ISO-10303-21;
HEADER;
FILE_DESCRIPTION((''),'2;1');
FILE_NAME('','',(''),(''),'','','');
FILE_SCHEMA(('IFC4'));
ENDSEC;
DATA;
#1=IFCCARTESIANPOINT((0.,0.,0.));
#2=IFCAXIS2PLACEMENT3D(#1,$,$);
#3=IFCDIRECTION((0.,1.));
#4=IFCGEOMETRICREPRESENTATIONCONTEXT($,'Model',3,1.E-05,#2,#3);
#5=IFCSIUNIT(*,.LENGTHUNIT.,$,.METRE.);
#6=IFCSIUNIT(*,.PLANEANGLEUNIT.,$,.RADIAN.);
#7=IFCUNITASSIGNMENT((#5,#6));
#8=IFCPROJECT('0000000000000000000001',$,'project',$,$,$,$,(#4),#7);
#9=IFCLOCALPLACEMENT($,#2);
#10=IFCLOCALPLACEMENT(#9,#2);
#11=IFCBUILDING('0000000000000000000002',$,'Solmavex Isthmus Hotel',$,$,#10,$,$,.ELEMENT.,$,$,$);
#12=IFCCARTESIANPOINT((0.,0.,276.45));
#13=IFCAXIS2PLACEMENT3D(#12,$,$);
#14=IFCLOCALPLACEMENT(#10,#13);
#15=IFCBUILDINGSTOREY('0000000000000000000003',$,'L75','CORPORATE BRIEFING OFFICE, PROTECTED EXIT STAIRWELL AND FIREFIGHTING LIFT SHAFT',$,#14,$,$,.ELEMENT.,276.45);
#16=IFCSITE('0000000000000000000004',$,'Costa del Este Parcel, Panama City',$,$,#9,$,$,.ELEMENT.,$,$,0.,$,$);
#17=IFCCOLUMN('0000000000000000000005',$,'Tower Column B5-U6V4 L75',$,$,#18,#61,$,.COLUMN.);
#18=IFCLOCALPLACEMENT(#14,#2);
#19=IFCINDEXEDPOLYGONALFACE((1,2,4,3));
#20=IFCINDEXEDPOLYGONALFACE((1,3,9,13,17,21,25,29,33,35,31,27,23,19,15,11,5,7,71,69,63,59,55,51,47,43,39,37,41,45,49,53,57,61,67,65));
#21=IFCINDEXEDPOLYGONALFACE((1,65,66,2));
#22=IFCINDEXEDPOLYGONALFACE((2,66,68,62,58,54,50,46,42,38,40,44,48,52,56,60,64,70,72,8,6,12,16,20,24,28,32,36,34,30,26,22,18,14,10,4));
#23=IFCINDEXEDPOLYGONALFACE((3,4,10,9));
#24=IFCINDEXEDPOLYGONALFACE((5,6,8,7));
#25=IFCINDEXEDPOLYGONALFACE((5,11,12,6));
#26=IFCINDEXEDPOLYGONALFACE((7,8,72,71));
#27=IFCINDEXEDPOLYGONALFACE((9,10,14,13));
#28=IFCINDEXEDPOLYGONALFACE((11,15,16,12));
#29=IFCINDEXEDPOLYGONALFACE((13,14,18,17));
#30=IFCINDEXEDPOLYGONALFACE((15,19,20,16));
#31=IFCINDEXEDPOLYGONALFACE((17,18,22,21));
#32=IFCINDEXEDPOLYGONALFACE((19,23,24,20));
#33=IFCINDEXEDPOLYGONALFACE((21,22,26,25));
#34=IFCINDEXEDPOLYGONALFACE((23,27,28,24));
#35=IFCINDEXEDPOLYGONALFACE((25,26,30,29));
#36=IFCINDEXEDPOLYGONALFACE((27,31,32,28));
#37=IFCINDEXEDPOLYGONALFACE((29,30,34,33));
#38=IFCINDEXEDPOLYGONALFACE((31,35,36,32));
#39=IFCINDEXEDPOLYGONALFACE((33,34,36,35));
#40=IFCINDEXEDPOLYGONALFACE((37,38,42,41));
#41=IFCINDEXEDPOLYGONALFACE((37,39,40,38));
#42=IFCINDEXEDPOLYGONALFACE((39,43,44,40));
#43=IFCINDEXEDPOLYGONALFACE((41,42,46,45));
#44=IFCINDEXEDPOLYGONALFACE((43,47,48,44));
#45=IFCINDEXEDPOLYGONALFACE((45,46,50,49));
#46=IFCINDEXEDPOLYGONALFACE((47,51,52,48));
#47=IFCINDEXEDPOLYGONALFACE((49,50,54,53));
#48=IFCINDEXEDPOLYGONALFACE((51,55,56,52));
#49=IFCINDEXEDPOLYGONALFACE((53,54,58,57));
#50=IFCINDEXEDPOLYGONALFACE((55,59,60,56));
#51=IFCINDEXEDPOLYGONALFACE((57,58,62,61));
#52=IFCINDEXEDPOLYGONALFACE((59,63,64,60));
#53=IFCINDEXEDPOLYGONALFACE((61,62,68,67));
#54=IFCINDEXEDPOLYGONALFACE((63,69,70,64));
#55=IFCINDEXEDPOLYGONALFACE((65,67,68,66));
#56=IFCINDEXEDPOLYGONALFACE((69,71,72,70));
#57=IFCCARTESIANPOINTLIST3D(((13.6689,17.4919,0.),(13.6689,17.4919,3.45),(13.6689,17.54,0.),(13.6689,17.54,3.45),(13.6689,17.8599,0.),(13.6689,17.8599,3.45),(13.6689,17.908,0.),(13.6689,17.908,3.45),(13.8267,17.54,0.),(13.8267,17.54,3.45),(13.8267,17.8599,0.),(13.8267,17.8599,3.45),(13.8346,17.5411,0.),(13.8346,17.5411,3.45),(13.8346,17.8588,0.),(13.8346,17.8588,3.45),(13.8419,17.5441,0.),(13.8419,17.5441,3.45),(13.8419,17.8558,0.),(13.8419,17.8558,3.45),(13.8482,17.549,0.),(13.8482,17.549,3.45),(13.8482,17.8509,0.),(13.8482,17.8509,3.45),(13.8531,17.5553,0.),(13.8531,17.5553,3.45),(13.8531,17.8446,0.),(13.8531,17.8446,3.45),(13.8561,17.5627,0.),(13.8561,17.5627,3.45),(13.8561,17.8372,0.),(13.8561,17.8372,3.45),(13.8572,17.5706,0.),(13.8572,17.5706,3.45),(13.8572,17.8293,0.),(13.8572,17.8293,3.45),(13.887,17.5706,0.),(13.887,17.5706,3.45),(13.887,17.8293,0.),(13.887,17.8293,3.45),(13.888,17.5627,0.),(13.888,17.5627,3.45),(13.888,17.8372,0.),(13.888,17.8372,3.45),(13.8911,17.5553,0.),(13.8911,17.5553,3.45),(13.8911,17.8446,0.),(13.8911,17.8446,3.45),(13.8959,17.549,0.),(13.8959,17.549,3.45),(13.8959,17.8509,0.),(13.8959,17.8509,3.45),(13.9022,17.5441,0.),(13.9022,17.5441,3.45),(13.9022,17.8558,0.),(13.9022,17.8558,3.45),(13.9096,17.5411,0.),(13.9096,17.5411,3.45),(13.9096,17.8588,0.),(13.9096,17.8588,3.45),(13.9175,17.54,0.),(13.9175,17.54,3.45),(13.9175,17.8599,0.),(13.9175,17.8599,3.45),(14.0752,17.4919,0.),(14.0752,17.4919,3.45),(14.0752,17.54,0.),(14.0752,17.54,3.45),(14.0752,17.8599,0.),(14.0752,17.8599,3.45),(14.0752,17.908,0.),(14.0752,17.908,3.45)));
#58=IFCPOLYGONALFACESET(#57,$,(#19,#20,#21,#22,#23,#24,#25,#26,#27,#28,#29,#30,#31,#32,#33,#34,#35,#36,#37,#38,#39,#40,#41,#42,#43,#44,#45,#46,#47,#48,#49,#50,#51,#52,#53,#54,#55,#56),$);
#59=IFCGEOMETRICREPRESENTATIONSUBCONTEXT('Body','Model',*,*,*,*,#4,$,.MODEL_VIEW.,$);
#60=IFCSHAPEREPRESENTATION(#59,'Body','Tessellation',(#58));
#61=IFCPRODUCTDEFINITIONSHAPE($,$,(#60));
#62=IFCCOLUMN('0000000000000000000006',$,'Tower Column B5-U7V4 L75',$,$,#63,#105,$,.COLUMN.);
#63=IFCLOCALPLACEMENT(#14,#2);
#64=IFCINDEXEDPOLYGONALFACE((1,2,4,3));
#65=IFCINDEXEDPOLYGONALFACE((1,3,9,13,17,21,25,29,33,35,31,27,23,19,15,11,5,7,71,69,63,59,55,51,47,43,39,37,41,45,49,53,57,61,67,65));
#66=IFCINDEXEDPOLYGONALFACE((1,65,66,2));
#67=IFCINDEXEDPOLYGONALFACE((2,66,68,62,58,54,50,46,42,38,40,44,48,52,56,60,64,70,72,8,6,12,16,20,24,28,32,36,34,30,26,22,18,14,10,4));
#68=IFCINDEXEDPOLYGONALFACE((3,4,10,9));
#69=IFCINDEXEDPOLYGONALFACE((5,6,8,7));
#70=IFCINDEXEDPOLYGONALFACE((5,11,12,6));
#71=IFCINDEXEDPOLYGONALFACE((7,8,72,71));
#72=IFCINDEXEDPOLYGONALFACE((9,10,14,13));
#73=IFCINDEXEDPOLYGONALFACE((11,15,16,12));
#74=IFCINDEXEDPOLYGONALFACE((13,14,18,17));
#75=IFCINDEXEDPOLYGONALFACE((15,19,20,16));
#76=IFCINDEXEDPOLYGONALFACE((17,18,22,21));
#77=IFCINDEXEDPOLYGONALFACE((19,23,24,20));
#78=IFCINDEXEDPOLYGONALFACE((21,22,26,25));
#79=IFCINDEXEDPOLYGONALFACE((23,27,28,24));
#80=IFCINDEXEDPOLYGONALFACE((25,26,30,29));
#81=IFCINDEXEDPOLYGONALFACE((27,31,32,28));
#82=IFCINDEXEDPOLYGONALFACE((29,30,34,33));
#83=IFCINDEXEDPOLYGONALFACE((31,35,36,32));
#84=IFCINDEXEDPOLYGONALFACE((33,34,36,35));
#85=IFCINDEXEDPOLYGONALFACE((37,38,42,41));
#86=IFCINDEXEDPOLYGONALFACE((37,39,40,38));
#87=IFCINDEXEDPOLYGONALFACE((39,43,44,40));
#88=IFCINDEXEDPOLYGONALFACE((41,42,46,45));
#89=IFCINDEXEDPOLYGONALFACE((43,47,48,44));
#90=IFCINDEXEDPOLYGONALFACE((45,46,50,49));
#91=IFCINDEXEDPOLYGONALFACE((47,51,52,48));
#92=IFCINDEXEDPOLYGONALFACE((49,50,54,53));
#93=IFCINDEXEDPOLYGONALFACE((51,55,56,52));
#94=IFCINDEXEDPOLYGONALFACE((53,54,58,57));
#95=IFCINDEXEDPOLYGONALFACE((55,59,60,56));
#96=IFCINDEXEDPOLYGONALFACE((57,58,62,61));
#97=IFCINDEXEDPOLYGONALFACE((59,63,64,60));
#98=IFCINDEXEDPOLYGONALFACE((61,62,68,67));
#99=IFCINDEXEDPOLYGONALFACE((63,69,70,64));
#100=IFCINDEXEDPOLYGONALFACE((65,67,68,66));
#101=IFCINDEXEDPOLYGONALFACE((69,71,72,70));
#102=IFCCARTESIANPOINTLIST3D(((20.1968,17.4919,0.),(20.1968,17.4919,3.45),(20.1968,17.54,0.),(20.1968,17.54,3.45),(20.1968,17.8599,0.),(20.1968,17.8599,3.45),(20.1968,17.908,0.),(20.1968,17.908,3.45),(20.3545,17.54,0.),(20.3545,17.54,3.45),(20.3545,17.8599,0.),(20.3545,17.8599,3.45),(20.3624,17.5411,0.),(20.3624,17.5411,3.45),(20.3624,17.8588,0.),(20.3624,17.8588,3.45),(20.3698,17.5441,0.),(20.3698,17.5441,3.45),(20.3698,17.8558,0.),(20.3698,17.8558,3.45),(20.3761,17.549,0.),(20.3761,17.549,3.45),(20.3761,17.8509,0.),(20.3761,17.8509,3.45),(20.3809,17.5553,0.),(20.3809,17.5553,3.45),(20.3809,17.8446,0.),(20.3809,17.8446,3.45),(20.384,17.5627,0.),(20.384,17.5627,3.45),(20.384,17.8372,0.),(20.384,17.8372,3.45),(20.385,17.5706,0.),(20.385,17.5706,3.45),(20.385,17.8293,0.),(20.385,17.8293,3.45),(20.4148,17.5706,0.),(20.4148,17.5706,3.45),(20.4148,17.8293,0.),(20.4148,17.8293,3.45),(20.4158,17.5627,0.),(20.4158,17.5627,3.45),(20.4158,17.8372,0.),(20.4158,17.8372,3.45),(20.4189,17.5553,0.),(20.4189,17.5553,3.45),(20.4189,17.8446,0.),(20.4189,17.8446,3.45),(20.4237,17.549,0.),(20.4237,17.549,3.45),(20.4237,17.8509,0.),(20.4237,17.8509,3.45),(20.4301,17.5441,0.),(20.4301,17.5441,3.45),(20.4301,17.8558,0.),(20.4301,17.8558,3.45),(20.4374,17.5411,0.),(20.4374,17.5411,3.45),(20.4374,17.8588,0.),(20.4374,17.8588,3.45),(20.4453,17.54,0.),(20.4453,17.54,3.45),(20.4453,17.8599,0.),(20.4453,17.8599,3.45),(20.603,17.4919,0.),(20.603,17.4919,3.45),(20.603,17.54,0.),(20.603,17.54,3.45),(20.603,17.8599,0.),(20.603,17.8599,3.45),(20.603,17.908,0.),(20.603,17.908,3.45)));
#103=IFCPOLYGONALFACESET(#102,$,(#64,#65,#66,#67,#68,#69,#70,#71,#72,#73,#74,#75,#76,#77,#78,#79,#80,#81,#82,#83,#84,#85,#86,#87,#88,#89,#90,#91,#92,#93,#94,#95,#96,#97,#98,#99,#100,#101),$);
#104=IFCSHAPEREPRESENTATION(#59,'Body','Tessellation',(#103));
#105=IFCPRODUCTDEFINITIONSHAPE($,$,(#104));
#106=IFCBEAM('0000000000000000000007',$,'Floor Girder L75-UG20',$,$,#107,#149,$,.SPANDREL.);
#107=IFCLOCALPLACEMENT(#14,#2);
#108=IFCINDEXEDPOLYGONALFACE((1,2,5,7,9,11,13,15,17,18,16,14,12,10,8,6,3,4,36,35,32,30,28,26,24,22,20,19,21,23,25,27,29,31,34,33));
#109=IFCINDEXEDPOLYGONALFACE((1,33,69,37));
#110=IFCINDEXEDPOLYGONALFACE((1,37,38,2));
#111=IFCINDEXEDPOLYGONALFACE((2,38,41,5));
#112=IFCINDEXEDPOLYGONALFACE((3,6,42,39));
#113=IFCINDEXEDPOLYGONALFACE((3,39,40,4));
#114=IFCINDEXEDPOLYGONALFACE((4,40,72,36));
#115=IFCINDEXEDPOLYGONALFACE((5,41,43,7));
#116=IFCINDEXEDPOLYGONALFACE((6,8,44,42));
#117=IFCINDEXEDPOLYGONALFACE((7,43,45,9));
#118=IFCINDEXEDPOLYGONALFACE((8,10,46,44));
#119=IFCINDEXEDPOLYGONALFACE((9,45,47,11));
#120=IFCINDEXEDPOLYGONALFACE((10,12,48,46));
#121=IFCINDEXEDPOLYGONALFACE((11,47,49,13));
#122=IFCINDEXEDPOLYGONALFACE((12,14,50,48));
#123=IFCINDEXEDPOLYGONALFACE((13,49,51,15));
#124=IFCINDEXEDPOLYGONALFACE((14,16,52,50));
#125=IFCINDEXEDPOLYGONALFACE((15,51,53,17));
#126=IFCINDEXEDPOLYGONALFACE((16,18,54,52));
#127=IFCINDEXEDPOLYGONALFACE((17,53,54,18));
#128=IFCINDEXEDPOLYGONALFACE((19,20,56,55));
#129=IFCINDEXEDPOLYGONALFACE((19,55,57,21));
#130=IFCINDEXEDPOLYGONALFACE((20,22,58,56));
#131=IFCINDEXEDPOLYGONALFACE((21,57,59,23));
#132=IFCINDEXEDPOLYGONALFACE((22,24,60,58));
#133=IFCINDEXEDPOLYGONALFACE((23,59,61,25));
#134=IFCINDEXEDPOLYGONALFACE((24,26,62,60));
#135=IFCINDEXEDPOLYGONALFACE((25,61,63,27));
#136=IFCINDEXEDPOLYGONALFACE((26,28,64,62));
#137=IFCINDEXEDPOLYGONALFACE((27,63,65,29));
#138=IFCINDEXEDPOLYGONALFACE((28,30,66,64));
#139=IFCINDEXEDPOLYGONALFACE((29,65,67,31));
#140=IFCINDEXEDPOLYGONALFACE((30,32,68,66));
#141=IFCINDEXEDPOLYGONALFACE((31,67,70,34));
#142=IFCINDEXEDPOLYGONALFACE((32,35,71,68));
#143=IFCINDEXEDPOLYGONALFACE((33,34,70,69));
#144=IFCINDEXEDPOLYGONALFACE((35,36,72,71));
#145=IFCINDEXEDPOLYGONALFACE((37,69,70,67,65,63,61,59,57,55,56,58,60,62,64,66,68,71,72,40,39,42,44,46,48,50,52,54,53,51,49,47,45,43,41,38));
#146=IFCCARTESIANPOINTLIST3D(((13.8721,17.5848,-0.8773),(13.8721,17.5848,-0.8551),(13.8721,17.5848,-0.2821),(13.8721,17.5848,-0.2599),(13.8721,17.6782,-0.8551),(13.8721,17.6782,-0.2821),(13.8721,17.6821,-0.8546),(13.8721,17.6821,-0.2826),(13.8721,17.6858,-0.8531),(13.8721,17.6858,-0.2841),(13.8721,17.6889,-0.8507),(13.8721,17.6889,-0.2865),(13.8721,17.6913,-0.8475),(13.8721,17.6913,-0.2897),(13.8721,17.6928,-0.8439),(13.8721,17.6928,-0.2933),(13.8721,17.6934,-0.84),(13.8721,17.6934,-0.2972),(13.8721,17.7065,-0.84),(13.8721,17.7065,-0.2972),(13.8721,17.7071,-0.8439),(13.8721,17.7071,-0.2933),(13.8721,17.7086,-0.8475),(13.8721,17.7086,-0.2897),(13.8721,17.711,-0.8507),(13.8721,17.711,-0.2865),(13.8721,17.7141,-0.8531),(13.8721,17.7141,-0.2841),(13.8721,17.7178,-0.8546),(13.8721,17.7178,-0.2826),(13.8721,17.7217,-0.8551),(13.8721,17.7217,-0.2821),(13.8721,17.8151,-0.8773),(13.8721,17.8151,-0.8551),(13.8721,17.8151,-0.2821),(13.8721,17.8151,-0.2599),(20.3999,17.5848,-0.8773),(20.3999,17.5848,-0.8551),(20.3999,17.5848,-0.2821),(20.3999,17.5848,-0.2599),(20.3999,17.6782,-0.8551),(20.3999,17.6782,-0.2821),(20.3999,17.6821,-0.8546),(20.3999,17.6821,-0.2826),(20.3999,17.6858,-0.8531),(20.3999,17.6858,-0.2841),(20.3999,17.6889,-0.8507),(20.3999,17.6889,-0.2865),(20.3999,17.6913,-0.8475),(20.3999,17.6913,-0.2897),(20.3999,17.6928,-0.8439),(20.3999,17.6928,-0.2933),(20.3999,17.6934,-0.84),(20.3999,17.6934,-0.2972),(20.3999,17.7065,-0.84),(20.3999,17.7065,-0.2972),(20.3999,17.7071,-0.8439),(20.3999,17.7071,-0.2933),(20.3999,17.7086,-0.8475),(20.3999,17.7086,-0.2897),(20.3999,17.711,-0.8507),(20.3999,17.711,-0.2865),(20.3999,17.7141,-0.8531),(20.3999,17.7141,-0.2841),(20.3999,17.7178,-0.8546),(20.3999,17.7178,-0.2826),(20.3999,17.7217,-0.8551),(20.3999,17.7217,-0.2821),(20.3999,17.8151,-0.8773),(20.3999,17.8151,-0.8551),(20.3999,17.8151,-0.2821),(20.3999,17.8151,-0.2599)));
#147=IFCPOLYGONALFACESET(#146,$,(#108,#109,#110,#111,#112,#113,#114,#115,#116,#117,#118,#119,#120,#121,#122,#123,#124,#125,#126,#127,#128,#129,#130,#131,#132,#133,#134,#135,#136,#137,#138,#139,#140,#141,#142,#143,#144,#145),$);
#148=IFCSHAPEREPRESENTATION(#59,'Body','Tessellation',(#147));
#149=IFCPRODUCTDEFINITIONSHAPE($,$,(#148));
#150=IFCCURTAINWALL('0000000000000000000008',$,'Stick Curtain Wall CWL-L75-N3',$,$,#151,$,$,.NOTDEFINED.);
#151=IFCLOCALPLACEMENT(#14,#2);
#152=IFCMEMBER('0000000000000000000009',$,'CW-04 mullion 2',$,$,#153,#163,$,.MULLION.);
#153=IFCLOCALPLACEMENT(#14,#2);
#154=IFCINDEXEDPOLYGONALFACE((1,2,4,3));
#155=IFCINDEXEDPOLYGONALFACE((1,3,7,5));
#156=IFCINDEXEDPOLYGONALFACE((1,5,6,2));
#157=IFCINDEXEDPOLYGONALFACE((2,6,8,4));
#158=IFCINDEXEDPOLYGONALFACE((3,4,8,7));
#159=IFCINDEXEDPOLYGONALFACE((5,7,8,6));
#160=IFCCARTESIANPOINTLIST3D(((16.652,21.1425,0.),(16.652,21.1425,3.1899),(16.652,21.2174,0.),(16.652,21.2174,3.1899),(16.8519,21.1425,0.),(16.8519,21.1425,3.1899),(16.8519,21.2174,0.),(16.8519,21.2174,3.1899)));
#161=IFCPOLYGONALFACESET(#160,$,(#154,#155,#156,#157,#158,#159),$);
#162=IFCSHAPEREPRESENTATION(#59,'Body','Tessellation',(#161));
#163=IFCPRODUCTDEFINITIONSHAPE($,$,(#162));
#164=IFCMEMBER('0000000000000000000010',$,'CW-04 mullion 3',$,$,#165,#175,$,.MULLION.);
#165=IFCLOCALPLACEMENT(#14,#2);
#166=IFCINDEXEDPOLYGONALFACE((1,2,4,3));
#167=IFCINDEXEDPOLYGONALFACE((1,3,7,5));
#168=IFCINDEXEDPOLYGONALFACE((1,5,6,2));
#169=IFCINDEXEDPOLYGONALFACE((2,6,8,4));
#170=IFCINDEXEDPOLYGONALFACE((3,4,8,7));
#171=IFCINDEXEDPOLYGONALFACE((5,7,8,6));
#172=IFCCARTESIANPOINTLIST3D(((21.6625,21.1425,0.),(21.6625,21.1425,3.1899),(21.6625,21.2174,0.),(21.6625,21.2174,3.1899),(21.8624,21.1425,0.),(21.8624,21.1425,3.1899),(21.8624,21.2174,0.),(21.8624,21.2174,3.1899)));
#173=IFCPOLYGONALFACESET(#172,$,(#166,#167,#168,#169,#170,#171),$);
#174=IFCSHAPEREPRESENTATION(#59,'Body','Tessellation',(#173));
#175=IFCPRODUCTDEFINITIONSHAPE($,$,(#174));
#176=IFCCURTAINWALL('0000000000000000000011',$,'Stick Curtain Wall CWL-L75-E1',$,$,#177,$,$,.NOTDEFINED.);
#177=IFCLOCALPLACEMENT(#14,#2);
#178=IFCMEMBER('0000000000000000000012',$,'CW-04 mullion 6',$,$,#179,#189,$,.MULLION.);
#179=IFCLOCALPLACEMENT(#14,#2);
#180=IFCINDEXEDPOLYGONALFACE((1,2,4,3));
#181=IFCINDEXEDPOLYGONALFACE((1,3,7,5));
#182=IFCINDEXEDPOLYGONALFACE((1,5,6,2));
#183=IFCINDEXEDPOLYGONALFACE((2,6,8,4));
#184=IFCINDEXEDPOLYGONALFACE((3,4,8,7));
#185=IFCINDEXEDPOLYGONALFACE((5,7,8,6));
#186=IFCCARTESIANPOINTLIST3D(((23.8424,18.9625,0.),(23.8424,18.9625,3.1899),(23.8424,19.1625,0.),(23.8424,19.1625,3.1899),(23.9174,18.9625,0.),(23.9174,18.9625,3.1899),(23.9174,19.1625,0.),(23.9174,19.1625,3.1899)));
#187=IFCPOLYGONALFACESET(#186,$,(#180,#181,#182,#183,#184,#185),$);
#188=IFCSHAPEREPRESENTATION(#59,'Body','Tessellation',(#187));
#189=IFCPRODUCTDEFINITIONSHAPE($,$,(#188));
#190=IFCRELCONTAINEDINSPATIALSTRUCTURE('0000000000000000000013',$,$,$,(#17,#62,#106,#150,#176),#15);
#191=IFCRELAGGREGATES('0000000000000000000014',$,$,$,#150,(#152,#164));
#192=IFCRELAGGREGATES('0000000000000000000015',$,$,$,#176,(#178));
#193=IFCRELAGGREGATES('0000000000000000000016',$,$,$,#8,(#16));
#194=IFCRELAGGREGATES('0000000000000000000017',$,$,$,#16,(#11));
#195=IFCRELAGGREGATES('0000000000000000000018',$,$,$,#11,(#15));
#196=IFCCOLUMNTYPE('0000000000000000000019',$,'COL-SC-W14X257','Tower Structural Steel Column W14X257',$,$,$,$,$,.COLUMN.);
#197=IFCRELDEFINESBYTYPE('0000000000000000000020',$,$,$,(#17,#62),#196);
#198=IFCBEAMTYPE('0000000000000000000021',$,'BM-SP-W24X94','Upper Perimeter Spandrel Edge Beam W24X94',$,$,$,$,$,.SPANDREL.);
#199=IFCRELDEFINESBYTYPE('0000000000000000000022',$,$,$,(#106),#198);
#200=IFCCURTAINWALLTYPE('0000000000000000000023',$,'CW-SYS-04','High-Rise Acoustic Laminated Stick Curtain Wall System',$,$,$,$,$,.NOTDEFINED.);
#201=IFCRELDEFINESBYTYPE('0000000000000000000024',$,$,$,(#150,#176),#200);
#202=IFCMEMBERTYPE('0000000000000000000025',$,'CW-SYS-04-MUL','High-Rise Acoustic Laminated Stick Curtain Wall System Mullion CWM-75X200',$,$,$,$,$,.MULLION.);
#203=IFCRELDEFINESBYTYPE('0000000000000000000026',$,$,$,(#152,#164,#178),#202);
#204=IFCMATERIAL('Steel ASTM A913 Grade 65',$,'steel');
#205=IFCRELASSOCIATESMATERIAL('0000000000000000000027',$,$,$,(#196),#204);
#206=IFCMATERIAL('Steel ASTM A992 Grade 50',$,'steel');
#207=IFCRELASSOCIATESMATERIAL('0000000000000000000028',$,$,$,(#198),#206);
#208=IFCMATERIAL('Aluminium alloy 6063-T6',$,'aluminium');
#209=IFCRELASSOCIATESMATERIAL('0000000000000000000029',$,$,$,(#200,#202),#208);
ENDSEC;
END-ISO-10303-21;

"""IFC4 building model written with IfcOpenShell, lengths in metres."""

from ifc_helpers import new_model, si_unit, direction, frame, origin, origin_2d, place, context, subcontext, project, spatial, rectangle, i_section, extrude, material, material_profile, profile_set, type_object, element, aggregate, save


model = new_model("IFC4")

# Units and contexts
model_context = context("Model", 3, precision=1e-05, world=origin(), true_north=direction((0.0, 1.0)))
body_context = subcontext(model_context, "Body", "Model", "MODEL_VIEW")
ifc_project = project(units=[si_unit("LENGTHUNIT", "METRE"), si_unit("PLANEANGLEUNIT", "RADIAN")], contexts=[model_context])

# Site, building, storey
site_placement = place(None, origin())
site = spatial("IfcSite", under=ifc_project, at=site_placement, Name="Costa del Este Parcel, Panama City", CompositionType="ELEMENT", RefElevation=0.0)
building_placement = place(site_placement, origin())
building = spatial("IfcBuilding", under=site, at=building_placement, Name="Solmavex Isthmus Hotel", CompositionType="ELEMENT")
storey_placement = place(building_placement, frame((0.0, 0.0, 276.45)))
storey = spatial("IfcBuildingStorey", under=building, at=storey_placement, Name="L75", Description="CORPORATE BRIEFING OFFICE, PROTECTED EXIT STAIRWELL AND FIREFIGHTING LIFT SHAFT", CompositionType="ELEMENT", Elevation=276.45)

# Columns
ifc_material_1 = material(Name="Steel ASTM A913 Grade 65", Category="steel")
ifc_material_profile_1 = material_profile(ifc_material_1, i_section(OverallWidth=0.4062, OverallDepth=0.416, WebThickness=0.0298, FlangeThickness=0.0481, FilletRadius=0.0305, at=origin_2d()), Name="W14X257")
ifc_profile_set_1 = profile_set([ifc_material_profile_1], Name="Steel ASTM A913 Grade 65")
column_type = type_object("IfcColumnType", Name="COL-SC-W14X257", Description="Tower Structural Steel Column W14X257", PredefinedType="COLUMN", material=ifc_profile_set_1)
for number, where, z_axis, x_axis, name in (
    (1, (13.8721, 17.7, 0.0), (0.0, 0.0, 1.0), (1.0, 0.0, 0.0), "Tower Column B5-U6V4 L75"),
    (2, (20.3999, 17.7, 0.0), (0.0, 0.0, 1.0), (1.0, 0.0, 0.0), "Tower Column B5-U7V4 L75"),
):
    element("IfcColumn", number, at=place(storey_placement, frame(where, z_axis=z_axis, x_axis=x_axis)), inside=storey, type_object=column_type, Name=name, PredefinedType="COLUMN", context=body_context, shape_type="SweptSolid", body=[
        extrude(i_section(OverallWidth=0.4062, OverallDepth=0.416, WebThickness=0.0298, FlangeThickness=0.0481, FilletRadius=0.0305, at=origin_2d()), origin(), (0.0, 0.0, 1.0), 3.45),
    ])

# Beam
ifc_material_2 = material(Name="Steel ASTM A992 Grade 50", Category="steel")
ifc_material_profile_2 = material_profile(ifc_material_2, i_section(OverallWidth=0.2302, OverallDepth=0.6174, WebThickness=0.0132, FlangeThickness=0.0222, FilletRadius=0.0151, at=origin_2d()), Name="W24X94")
ifc_profile_set_2 = profile_set([ifc_material_profile_2], Name="Steel ASTM A992 Grade 50")
beam_type = type_object("IfcBeamType", Name="BM-SP-W24X94", Description="Upper Perimeter Spandrel Edge Beam W24X94", PredefinedType="SPANDREL", material=ifc_profile_set_2)
beam_placement = place(storey_placement, frame((13.8721, 17.7, -0.5686), z_axis=(1.0, 0.0, 0.0), x_axis=(0.0, 1.0, 0.0)))
element("IfcBeam", 3, at=beam_placement, inside=storey, type_object=beam_type, Name="Floor Girder L75-UG20", PredefinedType="SPANDREL", context=body_context, shape_type="SweptSolid", body=[
    extrude(i_section(OverallWidth=0.2302, OverallDepth=0.6174, WebThickness=0.0132, FlangeThickness=0.0222, FilletRadius=0.0151, at=origin_2d()), origin(), (0.0, 0.0, 1.0), 6.5278),
])

# Curtain wall, members
ifc_material_3 = material(Name="Aluminium alloy 6063-T6", Category="aluminium")
curtain_wall_type = type_object("IfcCurtainWallType", Name="CW-SYS-04", Description="High-Rise Acoustic Laminated Stick Curtain Wall System", PredefinedType="NOTDEFINED", material=ifc_material_3)
curtain_wall_1_placement = place(storey_placement, origin())
curtain_wall_1 = element("IfcCurtainWall", 4, at=curtain_wall_1_placement, inside=storey, type_object=curtain_wall_type, Name="Stick Curtain Wall CWL-L75-N3", PredefinedType="NOTDEFINED")
ifc_material_profile_3 = material_profile(ifc_material_3, rectangle(XDim=0.075, YDim=0.2, at=origin_2d()), Name="CWM-75X200")
ifc_profile_set_3 = profile_set([ifc_material_profile_3], Name="Aluminium alloy 6063-T6")
member_type_1 = type_object("IfcMemberType", Name="CW-SYS-04-MUL", Description="High-Rise Acoustic Laminated Stick Curtain Wall System Mullion CWM-75X200", PredefinedType="MULLION", material=ifc_profile_set_3)
member_1_placement = place(storey_placement, frame((16.752, 21.1799, 0.0), z_axis=(0.0, 0.0, 1.0), x_axis=(0.0, 1.0, 0.0)))
member_1 = element("IfcMember", 5, at=member_1_placement, type_object=member_type_1, Name="CW-04 mullion 2", PredefinedType="MULLION", context=body_context, shape_type="SweptSolid", body=[
    extrude(rectangle(XDim=0.075, YDim=0.2, at=origin_2d()), origin(), (0.0, 0.0, 1.0), 3.1899),
])
member_2_placement = place(storey_placement, frame((21.7625, 21.1799, 0.0), z_axis=(0.0, 0.0, 1.0), x_axis=(0.0, 1.0, 0.0)))
member_2 = element("IfcMember", 6, at=member_2_placement, type_object=member_type_1, Name="CW-04 mullion 3", PredefinedType="MULLION", context=body_context, shape_type="SweptSolid", body=[
    extrude(rectangle(XDim=0.075, YDim=0.2, at=origin_2d()), origin(), (0.0, 0.0, 1.0), 3.1899),
])

# Curtain wall, member
curtain_wall_2_placement = place(storey_placement, origin())
curtain_wall_2 = element("IfcCurtainWall", 7, at=curtain_wall_2_placement, inside=storey, type_object=curtain_wall_type, Name="Stick Curtain Wall CWL-L75-E1", PredefinedType="NOTDEFINED")
member_3_placement = place(storey_placement, frame((23.8799, 19.0625, 0.0), z_axis=(0.0, 0.0, 1.0), x_axis=(-1.0, 0.0, 0.0)))
member_3 = element("IfcMember", 8, at=member_3_placement, type_object=member_type_1, Name="CW-04 mullion 6", PredefinedType="MULLION", context=body_context, shape_type="SweptSolid", body=[
    extrude(rectangle(XDim=0.075, YDim=0.2, at=origin_2d()), origin(), (0.0, 0.0, 1.0), 3.1899),
])

aggregate(curtain_wall_1, [member_1, member_2])
aggregate(curtain_wall_2, [member_3])

save(model, "model.ifc")
